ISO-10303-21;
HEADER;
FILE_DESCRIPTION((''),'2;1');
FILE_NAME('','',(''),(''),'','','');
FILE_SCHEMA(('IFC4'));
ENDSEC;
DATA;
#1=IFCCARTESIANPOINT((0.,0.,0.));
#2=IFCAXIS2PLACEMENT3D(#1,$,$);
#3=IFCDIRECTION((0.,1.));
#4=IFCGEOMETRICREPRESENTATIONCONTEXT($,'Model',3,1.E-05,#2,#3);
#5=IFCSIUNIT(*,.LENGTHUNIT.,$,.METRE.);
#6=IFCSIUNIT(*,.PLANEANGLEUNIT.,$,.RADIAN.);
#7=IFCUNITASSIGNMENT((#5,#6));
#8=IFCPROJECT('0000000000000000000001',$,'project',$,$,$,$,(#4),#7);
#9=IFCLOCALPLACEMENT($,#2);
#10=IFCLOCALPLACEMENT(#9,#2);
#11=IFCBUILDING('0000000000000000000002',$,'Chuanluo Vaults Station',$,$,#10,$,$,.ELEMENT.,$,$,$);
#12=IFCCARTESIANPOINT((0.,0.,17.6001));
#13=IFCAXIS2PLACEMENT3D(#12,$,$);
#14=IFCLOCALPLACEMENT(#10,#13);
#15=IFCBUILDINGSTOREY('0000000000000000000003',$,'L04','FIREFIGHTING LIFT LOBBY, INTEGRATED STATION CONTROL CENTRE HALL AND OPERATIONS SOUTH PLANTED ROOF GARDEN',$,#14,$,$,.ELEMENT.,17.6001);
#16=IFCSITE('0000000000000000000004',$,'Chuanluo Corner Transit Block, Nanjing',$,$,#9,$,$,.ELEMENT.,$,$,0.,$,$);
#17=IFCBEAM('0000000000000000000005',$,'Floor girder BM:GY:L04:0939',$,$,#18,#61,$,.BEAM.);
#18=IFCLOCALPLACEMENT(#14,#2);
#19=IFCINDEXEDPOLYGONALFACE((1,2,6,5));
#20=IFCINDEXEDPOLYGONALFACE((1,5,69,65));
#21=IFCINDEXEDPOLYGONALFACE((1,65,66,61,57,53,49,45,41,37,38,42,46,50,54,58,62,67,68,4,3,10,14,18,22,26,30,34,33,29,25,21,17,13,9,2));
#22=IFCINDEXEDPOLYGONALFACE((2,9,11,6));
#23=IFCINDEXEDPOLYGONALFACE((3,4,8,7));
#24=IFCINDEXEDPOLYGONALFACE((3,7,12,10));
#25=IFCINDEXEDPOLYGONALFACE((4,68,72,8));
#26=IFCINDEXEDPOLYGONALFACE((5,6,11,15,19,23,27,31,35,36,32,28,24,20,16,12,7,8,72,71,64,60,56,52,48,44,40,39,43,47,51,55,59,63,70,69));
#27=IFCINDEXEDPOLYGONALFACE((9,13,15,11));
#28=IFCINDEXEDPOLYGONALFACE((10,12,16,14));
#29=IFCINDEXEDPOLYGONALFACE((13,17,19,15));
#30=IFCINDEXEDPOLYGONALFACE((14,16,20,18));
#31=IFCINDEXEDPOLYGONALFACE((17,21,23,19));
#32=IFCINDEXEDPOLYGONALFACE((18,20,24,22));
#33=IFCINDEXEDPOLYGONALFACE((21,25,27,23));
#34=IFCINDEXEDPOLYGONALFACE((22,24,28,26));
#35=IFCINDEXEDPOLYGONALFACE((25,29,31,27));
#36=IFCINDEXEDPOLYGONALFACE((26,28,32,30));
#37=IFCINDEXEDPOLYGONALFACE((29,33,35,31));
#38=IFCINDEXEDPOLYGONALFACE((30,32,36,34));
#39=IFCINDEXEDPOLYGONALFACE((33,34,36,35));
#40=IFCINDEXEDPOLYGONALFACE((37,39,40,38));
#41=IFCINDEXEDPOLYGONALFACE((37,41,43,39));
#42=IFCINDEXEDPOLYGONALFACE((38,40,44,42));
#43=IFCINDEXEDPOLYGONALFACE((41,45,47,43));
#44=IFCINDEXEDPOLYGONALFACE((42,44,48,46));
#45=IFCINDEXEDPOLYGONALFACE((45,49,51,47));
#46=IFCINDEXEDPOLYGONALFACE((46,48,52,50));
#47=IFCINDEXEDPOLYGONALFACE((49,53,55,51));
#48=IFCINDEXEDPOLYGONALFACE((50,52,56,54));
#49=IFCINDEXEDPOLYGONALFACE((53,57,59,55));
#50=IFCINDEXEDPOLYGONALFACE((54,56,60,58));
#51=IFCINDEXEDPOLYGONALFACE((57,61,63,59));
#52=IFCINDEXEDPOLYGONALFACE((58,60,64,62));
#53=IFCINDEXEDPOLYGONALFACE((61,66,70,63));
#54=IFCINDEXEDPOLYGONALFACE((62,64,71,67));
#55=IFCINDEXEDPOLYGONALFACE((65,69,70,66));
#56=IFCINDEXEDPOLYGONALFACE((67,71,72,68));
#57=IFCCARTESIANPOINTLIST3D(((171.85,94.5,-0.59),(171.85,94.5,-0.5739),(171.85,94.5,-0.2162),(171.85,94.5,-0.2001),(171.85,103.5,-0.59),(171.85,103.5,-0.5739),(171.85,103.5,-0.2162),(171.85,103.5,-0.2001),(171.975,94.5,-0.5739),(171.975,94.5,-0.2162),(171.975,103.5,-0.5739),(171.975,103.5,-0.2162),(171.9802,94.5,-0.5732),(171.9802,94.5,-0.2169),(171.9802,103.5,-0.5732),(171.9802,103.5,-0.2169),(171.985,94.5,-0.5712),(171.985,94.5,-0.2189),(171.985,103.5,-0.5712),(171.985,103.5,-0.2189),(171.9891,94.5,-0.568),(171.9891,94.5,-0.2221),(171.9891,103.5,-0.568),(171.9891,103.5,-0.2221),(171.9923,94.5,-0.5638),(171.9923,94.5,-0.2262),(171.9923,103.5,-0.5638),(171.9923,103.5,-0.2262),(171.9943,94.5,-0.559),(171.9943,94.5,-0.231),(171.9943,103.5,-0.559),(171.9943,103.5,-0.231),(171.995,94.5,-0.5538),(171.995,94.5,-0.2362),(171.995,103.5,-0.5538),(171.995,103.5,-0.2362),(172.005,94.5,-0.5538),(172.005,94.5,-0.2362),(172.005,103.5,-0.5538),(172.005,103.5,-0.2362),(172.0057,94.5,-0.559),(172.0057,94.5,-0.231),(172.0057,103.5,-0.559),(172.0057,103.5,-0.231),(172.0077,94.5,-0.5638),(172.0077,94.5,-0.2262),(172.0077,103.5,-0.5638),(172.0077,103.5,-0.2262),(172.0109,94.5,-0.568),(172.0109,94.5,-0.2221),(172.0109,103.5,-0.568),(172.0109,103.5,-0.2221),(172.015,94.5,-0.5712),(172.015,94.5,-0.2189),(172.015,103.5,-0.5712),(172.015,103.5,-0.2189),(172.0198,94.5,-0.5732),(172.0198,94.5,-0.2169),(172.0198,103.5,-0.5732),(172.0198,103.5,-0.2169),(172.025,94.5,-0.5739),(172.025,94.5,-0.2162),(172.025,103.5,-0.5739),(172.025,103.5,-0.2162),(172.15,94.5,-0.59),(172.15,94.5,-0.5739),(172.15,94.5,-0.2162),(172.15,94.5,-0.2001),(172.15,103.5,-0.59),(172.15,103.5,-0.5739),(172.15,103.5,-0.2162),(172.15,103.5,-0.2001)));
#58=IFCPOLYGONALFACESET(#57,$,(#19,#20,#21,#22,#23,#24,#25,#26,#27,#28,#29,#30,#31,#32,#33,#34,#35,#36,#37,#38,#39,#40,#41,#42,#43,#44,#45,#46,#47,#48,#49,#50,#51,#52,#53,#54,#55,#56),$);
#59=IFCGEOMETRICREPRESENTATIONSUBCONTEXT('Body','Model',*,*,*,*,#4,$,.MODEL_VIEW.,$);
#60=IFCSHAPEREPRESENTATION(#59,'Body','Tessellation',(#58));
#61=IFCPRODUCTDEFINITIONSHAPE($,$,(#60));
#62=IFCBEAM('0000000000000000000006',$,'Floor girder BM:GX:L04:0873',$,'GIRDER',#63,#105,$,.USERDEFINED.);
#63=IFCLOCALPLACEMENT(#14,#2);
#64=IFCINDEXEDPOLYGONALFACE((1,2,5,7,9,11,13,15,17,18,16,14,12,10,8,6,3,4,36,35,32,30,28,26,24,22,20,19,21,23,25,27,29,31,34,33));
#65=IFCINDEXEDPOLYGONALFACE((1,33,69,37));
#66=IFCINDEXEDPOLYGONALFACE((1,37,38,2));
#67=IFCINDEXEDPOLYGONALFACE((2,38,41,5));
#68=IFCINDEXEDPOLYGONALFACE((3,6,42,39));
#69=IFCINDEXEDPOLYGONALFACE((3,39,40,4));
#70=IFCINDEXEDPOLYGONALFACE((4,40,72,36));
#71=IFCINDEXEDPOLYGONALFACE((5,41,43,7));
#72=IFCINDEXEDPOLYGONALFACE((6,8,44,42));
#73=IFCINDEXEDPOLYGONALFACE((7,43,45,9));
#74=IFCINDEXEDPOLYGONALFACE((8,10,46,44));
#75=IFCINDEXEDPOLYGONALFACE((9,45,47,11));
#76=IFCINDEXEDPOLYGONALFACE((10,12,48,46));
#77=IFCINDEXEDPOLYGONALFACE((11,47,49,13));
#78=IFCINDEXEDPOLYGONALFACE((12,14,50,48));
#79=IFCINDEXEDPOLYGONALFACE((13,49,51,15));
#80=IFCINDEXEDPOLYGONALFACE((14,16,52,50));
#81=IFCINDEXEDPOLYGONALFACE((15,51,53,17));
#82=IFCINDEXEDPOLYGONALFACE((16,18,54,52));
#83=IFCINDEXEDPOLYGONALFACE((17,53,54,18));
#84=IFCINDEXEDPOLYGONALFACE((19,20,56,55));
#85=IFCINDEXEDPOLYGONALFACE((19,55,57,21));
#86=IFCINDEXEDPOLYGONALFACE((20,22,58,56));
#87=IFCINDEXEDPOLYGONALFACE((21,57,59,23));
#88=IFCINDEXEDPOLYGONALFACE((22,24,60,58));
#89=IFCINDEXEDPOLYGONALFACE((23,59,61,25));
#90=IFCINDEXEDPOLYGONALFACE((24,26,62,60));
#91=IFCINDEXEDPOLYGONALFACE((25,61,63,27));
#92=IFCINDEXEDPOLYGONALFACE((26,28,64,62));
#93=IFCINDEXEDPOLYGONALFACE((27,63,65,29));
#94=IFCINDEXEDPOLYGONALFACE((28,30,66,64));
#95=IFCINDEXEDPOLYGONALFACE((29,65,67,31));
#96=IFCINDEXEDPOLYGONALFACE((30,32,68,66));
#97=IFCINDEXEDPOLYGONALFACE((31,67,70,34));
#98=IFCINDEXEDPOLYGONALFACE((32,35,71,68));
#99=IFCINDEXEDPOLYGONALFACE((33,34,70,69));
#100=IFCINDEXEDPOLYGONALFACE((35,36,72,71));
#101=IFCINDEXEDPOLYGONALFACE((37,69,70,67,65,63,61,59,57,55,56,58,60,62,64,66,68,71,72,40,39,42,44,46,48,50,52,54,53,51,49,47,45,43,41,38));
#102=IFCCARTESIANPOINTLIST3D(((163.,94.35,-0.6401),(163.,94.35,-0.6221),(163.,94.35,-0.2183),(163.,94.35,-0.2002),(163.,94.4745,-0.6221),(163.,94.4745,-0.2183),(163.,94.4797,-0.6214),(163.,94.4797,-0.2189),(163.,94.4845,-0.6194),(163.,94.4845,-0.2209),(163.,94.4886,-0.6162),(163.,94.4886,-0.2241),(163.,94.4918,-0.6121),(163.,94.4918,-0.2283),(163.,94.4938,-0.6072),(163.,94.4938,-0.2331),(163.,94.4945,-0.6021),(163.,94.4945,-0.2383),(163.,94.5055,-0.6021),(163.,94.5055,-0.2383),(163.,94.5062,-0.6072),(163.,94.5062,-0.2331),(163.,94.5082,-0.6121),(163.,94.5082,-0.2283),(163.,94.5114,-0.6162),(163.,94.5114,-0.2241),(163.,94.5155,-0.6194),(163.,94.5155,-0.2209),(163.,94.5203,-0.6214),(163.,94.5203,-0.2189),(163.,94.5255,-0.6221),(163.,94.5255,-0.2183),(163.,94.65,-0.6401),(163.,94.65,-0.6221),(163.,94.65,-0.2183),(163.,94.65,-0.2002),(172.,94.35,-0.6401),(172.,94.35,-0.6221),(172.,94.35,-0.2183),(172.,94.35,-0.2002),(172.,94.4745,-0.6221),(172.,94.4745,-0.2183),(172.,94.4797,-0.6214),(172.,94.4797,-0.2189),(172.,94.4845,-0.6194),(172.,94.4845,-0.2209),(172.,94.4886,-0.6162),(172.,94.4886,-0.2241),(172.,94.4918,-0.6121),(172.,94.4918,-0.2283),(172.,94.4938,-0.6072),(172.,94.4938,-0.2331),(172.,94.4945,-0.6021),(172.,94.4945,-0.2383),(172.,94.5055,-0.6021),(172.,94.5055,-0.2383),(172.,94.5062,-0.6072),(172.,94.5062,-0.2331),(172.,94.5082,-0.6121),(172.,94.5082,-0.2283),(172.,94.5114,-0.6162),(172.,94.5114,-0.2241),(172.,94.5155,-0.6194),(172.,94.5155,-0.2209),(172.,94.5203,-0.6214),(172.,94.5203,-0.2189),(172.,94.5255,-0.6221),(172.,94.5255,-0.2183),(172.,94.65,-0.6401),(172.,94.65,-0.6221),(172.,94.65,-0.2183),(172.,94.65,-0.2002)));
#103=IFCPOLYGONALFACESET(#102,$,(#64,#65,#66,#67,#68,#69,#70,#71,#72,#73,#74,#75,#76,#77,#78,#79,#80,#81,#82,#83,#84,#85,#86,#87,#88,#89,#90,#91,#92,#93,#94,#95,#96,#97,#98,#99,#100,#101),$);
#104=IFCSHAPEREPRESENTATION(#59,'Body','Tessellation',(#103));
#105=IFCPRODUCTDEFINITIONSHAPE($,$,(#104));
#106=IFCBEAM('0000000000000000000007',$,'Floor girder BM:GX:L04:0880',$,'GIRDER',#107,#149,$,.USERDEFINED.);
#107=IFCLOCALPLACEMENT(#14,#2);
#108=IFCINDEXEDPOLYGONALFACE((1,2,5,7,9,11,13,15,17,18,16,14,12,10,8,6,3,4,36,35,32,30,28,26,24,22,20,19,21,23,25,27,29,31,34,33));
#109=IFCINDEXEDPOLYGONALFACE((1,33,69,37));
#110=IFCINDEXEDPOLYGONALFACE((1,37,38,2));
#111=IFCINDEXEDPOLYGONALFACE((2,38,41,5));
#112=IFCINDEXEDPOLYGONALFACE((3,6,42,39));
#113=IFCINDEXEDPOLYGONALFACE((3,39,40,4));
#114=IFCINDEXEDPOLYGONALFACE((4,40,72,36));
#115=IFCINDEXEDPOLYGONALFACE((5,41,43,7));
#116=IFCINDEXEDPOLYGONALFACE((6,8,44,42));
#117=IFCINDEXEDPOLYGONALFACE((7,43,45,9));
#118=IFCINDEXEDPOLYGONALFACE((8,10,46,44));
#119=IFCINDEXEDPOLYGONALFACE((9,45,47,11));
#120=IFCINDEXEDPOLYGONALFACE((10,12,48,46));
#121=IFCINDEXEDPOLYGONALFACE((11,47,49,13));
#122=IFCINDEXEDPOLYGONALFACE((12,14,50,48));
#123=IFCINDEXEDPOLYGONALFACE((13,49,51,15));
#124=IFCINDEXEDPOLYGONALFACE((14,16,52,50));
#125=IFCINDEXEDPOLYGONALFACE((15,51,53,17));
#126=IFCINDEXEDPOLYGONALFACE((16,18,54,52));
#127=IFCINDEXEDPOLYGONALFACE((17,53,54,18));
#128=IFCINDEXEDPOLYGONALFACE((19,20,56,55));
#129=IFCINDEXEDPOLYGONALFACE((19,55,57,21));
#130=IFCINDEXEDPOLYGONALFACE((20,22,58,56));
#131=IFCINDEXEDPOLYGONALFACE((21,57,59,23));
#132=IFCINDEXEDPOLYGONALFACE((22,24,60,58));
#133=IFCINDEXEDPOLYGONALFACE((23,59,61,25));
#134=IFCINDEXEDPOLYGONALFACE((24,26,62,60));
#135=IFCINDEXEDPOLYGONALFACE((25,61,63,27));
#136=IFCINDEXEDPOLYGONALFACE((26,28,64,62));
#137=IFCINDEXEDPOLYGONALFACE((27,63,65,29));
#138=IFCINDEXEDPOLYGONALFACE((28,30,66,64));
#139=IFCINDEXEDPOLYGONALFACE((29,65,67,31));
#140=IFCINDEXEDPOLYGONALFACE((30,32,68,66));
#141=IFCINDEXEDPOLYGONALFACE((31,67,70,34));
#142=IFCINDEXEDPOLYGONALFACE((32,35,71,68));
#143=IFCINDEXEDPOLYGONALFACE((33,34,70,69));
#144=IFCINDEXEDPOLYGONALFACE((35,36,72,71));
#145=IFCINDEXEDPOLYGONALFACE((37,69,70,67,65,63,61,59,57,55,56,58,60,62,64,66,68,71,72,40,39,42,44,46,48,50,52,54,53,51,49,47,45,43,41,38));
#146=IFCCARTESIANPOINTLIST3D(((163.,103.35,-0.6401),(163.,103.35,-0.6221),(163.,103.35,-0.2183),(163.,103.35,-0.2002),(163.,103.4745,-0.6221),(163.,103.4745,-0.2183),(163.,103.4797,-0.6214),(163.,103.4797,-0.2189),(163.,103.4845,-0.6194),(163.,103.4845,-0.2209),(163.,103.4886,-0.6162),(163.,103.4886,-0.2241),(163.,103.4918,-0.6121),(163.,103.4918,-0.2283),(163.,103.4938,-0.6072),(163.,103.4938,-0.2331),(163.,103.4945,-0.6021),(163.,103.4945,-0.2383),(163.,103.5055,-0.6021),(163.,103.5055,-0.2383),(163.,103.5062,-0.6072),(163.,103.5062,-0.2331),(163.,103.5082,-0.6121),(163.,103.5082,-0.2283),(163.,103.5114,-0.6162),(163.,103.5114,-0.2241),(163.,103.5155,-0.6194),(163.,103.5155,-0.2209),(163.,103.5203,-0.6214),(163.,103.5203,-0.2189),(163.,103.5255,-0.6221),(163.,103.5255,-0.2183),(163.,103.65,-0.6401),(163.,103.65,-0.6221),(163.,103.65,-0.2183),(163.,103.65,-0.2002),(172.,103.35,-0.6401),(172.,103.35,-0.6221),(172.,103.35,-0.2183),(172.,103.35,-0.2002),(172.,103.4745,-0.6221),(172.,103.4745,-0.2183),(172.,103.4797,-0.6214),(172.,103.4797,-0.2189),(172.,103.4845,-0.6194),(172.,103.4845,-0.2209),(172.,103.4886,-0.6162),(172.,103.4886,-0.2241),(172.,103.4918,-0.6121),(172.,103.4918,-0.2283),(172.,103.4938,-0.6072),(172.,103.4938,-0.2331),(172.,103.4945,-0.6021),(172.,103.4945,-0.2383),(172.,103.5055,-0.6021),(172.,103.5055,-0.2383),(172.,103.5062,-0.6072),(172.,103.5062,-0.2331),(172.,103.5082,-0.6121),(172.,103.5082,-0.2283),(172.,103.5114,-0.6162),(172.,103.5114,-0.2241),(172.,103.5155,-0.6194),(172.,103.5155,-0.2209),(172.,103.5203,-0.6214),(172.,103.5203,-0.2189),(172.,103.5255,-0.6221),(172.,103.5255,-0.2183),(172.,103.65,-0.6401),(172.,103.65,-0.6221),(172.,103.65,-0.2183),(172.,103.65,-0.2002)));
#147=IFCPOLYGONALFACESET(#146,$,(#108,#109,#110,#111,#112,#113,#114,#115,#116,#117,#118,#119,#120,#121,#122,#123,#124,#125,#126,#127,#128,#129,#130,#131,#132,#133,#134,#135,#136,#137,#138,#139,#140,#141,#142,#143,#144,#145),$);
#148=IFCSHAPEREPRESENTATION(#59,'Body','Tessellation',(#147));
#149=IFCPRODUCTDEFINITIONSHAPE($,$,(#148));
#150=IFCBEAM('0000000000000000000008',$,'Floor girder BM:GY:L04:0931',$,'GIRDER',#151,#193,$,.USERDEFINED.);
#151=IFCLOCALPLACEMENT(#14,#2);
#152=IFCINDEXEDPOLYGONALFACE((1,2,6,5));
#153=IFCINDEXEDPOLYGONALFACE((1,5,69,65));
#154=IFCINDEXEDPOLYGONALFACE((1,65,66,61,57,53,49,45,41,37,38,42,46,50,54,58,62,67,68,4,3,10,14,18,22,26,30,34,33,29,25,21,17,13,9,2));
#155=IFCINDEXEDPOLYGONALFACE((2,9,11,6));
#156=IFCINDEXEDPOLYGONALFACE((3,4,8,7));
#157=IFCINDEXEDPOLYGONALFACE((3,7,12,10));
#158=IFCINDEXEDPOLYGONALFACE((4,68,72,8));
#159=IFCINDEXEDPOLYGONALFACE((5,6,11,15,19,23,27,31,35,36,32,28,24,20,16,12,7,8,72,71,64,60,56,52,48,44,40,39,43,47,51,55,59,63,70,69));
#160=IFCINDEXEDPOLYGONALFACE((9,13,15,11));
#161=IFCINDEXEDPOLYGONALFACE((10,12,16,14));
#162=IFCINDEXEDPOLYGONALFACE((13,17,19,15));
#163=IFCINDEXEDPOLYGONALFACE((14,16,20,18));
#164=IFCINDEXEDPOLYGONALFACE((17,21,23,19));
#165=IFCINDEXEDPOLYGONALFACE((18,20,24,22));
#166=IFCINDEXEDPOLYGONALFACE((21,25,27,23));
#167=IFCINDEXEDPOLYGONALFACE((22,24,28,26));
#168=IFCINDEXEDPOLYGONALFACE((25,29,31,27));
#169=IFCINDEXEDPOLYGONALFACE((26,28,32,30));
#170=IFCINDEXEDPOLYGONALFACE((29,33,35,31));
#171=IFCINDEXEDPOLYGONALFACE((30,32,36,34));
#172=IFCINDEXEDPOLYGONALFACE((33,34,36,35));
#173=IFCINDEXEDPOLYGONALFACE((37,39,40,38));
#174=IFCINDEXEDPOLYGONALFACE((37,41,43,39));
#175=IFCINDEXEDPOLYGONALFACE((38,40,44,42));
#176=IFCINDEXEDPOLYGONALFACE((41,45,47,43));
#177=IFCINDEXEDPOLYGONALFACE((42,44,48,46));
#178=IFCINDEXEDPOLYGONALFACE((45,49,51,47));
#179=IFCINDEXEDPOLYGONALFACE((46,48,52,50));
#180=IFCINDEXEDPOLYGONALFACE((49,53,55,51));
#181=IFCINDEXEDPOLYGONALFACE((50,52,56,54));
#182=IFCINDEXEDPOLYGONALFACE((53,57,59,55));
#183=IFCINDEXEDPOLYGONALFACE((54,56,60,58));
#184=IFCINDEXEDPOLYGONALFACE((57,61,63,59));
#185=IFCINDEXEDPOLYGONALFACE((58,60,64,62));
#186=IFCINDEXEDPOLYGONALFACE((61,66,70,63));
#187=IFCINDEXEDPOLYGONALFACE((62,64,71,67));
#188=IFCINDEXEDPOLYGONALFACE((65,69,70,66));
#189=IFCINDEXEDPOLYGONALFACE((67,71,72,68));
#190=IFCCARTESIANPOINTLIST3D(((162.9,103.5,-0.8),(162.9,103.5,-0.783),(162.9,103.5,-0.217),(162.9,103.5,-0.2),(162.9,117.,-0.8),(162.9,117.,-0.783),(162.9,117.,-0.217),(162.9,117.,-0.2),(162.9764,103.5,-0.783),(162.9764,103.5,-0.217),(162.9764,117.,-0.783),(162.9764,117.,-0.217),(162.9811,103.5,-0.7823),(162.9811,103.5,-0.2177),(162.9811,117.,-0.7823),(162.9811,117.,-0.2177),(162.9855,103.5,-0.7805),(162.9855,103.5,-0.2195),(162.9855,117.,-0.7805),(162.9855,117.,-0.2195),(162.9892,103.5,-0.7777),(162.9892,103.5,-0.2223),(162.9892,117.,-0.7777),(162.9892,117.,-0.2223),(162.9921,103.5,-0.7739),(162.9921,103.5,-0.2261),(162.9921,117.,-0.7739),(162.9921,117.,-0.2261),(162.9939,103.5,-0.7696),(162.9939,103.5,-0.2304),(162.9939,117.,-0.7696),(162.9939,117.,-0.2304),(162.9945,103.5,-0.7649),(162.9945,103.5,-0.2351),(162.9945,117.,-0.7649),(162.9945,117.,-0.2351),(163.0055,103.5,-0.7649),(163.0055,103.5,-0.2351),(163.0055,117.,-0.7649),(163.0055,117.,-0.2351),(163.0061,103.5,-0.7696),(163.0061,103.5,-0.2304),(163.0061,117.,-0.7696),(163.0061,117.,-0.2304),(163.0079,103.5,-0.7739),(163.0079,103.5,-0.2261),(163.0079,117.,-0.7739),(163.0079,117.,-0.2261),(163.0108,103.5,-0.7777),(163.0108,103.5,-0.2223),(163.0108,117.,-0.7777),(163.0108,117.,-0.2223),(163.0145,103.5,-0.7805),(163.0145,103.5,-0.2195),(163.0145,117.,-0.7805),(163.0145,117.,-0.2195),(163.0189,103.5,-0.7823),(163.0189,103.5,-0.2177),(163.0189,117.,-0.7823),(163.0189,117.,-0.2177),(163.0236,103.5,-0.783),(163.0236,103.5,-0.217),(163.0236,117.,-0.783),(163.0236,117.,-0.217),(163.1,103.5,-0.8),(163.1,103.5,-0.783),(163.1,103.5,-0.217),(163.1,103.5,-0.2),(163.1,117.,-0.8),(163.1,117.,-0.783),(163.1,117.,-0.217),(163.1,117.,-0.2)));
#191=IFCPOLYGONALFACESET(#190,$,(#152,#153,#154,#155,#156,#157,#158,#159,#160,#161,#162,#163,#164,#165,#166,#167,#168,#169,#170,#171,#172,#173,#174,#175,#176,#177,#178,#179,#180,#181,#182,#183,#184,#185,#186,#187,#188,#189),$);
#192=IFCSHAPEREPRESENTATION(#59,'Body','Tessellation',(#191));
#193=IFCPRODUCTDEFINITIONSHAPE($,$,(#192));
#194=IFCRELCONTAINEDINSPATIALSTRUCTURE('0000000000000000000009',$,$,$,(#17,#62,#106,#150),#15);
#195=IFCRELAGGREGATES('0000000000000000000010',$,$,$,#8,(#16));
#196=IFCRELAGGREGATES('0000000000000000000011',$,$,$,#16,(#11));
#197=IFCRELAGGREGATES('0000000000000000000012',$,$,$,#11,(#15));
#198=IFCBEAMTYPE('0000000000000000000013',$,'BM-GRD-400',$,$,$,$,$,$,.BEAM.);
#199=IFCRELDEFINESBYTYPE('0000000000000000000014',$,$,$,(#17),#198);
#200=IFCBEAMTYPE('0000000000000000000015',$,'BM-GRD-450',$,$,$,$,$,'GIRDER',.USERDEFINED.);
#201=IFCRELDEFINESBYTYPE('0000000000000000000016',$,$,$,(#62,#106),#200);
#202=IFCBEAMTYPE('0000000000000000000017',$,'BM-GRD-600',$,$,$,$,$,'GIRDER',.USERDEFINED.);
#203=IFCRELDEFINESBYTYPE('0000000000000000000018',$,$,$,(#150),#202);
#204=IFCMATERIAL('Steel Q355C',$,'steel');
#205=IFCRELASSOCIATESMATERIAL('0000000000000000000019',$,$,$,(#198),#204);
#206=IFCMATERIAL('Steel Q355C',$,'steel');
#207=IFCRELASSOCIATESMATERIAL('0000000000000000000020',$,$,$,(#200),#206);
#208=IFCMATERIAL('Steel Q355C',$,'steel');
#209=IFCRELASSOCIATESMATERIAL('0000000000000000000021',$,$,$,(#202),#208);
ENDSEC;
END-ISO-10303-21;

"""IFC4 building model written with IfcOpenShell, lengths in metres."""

from ifc_helpers import new_model, si_unit, direction, frame, origin, origin_2d, place, context, subcontext, project, spatial, i_section, extrude, material, material_profile, profile_set, type_object, element, save


model = new_model("IFC4")

# Units and contexts
model_context = context("Model", 3, precision=1e-05, world=origin(), true_north=direction((0.0, 1.0)))
body_context = subcontext(model_context, "Body", "Model", "MODEL_VIEW")
ifc_project = project(units=[si_unit("LENGTHUNIT", "METRE"), si_unit("PLANEANGLEUNIT", "RADIAN")], contexts=[model_context])

# Site, building, storey
site_placement = place(None, origin())
site = spatial("IfcSite", under=ifc_project, at=site_placement, Name="Chuanluo Corner Transit Block, Nanjing", CompositionType="ELEMENT", RefElevation=0.0)
building_placement = place(site_placement, origin())
building = spatial("IfcBuilding", under=site, at=building_placement, Name="Chuanluo Vaults Station", CompositionType="ELEMENT")
storey_placement = place(building_placement, frame((0.0, 0.0, 17.6001)))
storey = spatial("IfcBuildingStorey", under=building, at=storey_placement, Name="L04", Description="FIREFIGHTING LIFT LOBBY, INTEGRATED STATION CONTROL CENTRE HALL AND OPERATIONS SOUTH PLANTED ROOF GARDEN", CompositionType="ELEMENT", Elevation=17.6001)

# Beams
ifc_material_1 = material(Name="Steel Q355C", Category="steel")
ifc_material_profile_1 = material_profile(ifc_material_1, i_section(OverallWidth=0.3, OverallDepth=0.3899, WebThickness=0.01, FlangeThickness=0.0161, FilletRadius=0.02, at=origin_2d()))
ifc_profile_set_1 = profile_set([ifc_material_profile_1], Name="Steel Q355C")
beam_type_1 = type_object("IfcBeamType", Name="BM-GRD-400", PredefinedType="BEAM", material=ifc_profile_set_1)
for number, where, z_axis, x_axis, name in (
    (1, (172.0, 94.5, -0.395), (0.0, 1.0, 0.0), (-1.0, 0.0, 0.0), "Floor girder BM:GY:L04:0939"),
):
    element("IfcBeam", number, at=place(storey_placement, frame(where, z_axis=z_axis, x_axis=x_axis)), inside=storey, type_object=beam_type_1, Name=name, PredefinedType="BEAM", context=body_context, shape_type="SweptSolid", body=[
        extrude(i_section(OverallWidth=0.3, OverallDepth=0.3899, WebThickness=0.01, FlangeThickness=0.0161, FilletRadius=0.02, at=origin_2d()), origin(), (0.0, 0.0, 1.0), 9.0),
    ])
ifc_material_2 = material(Name="Steel Q355C", Category="steel")
ifc_material_profile_2 = material_profile(ifc_material_2, i_section(OverallWidth=0.3, OverallDepth=0.4399, WebThickness=0.011, FlangeThickness=0.0181, FilletRadius=0.02, at=origin_2d()))
ifc_profile_set_2 = profile_set([ifc_material_profile_2], Name="Steel Q355C")
beam_type_2 = type_object("IfcBeamType", Name="BM-GRD-450", ElementType="GIRDER", PredefinedType="USERDEFINED", material=ifc_profile_set_2)
for number, where, z_axis, x_axis, name in (
    (2, (163.0, 94.5, -0.4202), (1.0, 0.0, 0.0), (0.0, 1.0, 0.0), "Floor girder BM:GX:L04:0873"),
    (3, (163.0, 103.5, -0.4202), (1.0, 0.0, 0.0), (0.0, 1.0, 0.0), "Floor girder BM:GX:L04:0880"),
):
    element("IfcBeam", number, at=place(storey_placement, frame(where, z_axis=z_axis, x_axis=x_axis)), inside=storey, type_object=beam_type_2, Name=name, ObjectType="GIRDER", PredefinedType="USERDEFINED", context=body_context, shape_type="SweptSolid", body=[
        extrude(i_section(OverallWidth=0.3, OverallDepth=0.4399, WebThickness=0.011, FlangeThickness=0.0181, FilletRadius=0.02, at=origin_2d()), origin(), (0.0, 0.0, 1.0), 9.0),
    ])
ifc_material_3 = material(Name="Steel Q355C", Category="steel")
ifc_material_profile_3 = material_profile(ifc_material_3, i_section(OverallWidth=0.2, OverallDepth=0.6001, WebThickness=0.011, FlangeThickness=0.0171, FilletRadius=0.0181, at=origin_2d()))
ifc_profile_set_3 = profile_set([ifc_material_profile_3], Name="Steel Q355C")
beam_type_3 = type_object("IfcBeamType", Name="BM-GRD-600", ElementType="GIRDER", PredefinedType="USERDEFINED", material=ifc_profile_set_3)
beam_1_placement = place(storey_placement, frame((163.0, 103.5, -0.5), z_axis=(0.0, 1.0, 0.0), x_axis=(-1.0, 0.0, 0.0)))
element("IfcBeam", 4, at=beam_1_placement, inside=storey, type_object=beam_type_3, Name="Floor girder BM:GY:L04:0931", ObjectType="GIRDER", PredefinedType="USERDEFINED", context=body_context, shape_type="SweptSolid", body=[
    extrude(i_section(OverallWidth=0.2, OverallDepth=0.6001, WebThickness=0.011, FlangeThickness=0.0171, FilletRadius=0.0181, at=origin_2d()), origin(), (0.0, 0.0, 1.0), 13.5),
])

save(model, "model.ifc")
